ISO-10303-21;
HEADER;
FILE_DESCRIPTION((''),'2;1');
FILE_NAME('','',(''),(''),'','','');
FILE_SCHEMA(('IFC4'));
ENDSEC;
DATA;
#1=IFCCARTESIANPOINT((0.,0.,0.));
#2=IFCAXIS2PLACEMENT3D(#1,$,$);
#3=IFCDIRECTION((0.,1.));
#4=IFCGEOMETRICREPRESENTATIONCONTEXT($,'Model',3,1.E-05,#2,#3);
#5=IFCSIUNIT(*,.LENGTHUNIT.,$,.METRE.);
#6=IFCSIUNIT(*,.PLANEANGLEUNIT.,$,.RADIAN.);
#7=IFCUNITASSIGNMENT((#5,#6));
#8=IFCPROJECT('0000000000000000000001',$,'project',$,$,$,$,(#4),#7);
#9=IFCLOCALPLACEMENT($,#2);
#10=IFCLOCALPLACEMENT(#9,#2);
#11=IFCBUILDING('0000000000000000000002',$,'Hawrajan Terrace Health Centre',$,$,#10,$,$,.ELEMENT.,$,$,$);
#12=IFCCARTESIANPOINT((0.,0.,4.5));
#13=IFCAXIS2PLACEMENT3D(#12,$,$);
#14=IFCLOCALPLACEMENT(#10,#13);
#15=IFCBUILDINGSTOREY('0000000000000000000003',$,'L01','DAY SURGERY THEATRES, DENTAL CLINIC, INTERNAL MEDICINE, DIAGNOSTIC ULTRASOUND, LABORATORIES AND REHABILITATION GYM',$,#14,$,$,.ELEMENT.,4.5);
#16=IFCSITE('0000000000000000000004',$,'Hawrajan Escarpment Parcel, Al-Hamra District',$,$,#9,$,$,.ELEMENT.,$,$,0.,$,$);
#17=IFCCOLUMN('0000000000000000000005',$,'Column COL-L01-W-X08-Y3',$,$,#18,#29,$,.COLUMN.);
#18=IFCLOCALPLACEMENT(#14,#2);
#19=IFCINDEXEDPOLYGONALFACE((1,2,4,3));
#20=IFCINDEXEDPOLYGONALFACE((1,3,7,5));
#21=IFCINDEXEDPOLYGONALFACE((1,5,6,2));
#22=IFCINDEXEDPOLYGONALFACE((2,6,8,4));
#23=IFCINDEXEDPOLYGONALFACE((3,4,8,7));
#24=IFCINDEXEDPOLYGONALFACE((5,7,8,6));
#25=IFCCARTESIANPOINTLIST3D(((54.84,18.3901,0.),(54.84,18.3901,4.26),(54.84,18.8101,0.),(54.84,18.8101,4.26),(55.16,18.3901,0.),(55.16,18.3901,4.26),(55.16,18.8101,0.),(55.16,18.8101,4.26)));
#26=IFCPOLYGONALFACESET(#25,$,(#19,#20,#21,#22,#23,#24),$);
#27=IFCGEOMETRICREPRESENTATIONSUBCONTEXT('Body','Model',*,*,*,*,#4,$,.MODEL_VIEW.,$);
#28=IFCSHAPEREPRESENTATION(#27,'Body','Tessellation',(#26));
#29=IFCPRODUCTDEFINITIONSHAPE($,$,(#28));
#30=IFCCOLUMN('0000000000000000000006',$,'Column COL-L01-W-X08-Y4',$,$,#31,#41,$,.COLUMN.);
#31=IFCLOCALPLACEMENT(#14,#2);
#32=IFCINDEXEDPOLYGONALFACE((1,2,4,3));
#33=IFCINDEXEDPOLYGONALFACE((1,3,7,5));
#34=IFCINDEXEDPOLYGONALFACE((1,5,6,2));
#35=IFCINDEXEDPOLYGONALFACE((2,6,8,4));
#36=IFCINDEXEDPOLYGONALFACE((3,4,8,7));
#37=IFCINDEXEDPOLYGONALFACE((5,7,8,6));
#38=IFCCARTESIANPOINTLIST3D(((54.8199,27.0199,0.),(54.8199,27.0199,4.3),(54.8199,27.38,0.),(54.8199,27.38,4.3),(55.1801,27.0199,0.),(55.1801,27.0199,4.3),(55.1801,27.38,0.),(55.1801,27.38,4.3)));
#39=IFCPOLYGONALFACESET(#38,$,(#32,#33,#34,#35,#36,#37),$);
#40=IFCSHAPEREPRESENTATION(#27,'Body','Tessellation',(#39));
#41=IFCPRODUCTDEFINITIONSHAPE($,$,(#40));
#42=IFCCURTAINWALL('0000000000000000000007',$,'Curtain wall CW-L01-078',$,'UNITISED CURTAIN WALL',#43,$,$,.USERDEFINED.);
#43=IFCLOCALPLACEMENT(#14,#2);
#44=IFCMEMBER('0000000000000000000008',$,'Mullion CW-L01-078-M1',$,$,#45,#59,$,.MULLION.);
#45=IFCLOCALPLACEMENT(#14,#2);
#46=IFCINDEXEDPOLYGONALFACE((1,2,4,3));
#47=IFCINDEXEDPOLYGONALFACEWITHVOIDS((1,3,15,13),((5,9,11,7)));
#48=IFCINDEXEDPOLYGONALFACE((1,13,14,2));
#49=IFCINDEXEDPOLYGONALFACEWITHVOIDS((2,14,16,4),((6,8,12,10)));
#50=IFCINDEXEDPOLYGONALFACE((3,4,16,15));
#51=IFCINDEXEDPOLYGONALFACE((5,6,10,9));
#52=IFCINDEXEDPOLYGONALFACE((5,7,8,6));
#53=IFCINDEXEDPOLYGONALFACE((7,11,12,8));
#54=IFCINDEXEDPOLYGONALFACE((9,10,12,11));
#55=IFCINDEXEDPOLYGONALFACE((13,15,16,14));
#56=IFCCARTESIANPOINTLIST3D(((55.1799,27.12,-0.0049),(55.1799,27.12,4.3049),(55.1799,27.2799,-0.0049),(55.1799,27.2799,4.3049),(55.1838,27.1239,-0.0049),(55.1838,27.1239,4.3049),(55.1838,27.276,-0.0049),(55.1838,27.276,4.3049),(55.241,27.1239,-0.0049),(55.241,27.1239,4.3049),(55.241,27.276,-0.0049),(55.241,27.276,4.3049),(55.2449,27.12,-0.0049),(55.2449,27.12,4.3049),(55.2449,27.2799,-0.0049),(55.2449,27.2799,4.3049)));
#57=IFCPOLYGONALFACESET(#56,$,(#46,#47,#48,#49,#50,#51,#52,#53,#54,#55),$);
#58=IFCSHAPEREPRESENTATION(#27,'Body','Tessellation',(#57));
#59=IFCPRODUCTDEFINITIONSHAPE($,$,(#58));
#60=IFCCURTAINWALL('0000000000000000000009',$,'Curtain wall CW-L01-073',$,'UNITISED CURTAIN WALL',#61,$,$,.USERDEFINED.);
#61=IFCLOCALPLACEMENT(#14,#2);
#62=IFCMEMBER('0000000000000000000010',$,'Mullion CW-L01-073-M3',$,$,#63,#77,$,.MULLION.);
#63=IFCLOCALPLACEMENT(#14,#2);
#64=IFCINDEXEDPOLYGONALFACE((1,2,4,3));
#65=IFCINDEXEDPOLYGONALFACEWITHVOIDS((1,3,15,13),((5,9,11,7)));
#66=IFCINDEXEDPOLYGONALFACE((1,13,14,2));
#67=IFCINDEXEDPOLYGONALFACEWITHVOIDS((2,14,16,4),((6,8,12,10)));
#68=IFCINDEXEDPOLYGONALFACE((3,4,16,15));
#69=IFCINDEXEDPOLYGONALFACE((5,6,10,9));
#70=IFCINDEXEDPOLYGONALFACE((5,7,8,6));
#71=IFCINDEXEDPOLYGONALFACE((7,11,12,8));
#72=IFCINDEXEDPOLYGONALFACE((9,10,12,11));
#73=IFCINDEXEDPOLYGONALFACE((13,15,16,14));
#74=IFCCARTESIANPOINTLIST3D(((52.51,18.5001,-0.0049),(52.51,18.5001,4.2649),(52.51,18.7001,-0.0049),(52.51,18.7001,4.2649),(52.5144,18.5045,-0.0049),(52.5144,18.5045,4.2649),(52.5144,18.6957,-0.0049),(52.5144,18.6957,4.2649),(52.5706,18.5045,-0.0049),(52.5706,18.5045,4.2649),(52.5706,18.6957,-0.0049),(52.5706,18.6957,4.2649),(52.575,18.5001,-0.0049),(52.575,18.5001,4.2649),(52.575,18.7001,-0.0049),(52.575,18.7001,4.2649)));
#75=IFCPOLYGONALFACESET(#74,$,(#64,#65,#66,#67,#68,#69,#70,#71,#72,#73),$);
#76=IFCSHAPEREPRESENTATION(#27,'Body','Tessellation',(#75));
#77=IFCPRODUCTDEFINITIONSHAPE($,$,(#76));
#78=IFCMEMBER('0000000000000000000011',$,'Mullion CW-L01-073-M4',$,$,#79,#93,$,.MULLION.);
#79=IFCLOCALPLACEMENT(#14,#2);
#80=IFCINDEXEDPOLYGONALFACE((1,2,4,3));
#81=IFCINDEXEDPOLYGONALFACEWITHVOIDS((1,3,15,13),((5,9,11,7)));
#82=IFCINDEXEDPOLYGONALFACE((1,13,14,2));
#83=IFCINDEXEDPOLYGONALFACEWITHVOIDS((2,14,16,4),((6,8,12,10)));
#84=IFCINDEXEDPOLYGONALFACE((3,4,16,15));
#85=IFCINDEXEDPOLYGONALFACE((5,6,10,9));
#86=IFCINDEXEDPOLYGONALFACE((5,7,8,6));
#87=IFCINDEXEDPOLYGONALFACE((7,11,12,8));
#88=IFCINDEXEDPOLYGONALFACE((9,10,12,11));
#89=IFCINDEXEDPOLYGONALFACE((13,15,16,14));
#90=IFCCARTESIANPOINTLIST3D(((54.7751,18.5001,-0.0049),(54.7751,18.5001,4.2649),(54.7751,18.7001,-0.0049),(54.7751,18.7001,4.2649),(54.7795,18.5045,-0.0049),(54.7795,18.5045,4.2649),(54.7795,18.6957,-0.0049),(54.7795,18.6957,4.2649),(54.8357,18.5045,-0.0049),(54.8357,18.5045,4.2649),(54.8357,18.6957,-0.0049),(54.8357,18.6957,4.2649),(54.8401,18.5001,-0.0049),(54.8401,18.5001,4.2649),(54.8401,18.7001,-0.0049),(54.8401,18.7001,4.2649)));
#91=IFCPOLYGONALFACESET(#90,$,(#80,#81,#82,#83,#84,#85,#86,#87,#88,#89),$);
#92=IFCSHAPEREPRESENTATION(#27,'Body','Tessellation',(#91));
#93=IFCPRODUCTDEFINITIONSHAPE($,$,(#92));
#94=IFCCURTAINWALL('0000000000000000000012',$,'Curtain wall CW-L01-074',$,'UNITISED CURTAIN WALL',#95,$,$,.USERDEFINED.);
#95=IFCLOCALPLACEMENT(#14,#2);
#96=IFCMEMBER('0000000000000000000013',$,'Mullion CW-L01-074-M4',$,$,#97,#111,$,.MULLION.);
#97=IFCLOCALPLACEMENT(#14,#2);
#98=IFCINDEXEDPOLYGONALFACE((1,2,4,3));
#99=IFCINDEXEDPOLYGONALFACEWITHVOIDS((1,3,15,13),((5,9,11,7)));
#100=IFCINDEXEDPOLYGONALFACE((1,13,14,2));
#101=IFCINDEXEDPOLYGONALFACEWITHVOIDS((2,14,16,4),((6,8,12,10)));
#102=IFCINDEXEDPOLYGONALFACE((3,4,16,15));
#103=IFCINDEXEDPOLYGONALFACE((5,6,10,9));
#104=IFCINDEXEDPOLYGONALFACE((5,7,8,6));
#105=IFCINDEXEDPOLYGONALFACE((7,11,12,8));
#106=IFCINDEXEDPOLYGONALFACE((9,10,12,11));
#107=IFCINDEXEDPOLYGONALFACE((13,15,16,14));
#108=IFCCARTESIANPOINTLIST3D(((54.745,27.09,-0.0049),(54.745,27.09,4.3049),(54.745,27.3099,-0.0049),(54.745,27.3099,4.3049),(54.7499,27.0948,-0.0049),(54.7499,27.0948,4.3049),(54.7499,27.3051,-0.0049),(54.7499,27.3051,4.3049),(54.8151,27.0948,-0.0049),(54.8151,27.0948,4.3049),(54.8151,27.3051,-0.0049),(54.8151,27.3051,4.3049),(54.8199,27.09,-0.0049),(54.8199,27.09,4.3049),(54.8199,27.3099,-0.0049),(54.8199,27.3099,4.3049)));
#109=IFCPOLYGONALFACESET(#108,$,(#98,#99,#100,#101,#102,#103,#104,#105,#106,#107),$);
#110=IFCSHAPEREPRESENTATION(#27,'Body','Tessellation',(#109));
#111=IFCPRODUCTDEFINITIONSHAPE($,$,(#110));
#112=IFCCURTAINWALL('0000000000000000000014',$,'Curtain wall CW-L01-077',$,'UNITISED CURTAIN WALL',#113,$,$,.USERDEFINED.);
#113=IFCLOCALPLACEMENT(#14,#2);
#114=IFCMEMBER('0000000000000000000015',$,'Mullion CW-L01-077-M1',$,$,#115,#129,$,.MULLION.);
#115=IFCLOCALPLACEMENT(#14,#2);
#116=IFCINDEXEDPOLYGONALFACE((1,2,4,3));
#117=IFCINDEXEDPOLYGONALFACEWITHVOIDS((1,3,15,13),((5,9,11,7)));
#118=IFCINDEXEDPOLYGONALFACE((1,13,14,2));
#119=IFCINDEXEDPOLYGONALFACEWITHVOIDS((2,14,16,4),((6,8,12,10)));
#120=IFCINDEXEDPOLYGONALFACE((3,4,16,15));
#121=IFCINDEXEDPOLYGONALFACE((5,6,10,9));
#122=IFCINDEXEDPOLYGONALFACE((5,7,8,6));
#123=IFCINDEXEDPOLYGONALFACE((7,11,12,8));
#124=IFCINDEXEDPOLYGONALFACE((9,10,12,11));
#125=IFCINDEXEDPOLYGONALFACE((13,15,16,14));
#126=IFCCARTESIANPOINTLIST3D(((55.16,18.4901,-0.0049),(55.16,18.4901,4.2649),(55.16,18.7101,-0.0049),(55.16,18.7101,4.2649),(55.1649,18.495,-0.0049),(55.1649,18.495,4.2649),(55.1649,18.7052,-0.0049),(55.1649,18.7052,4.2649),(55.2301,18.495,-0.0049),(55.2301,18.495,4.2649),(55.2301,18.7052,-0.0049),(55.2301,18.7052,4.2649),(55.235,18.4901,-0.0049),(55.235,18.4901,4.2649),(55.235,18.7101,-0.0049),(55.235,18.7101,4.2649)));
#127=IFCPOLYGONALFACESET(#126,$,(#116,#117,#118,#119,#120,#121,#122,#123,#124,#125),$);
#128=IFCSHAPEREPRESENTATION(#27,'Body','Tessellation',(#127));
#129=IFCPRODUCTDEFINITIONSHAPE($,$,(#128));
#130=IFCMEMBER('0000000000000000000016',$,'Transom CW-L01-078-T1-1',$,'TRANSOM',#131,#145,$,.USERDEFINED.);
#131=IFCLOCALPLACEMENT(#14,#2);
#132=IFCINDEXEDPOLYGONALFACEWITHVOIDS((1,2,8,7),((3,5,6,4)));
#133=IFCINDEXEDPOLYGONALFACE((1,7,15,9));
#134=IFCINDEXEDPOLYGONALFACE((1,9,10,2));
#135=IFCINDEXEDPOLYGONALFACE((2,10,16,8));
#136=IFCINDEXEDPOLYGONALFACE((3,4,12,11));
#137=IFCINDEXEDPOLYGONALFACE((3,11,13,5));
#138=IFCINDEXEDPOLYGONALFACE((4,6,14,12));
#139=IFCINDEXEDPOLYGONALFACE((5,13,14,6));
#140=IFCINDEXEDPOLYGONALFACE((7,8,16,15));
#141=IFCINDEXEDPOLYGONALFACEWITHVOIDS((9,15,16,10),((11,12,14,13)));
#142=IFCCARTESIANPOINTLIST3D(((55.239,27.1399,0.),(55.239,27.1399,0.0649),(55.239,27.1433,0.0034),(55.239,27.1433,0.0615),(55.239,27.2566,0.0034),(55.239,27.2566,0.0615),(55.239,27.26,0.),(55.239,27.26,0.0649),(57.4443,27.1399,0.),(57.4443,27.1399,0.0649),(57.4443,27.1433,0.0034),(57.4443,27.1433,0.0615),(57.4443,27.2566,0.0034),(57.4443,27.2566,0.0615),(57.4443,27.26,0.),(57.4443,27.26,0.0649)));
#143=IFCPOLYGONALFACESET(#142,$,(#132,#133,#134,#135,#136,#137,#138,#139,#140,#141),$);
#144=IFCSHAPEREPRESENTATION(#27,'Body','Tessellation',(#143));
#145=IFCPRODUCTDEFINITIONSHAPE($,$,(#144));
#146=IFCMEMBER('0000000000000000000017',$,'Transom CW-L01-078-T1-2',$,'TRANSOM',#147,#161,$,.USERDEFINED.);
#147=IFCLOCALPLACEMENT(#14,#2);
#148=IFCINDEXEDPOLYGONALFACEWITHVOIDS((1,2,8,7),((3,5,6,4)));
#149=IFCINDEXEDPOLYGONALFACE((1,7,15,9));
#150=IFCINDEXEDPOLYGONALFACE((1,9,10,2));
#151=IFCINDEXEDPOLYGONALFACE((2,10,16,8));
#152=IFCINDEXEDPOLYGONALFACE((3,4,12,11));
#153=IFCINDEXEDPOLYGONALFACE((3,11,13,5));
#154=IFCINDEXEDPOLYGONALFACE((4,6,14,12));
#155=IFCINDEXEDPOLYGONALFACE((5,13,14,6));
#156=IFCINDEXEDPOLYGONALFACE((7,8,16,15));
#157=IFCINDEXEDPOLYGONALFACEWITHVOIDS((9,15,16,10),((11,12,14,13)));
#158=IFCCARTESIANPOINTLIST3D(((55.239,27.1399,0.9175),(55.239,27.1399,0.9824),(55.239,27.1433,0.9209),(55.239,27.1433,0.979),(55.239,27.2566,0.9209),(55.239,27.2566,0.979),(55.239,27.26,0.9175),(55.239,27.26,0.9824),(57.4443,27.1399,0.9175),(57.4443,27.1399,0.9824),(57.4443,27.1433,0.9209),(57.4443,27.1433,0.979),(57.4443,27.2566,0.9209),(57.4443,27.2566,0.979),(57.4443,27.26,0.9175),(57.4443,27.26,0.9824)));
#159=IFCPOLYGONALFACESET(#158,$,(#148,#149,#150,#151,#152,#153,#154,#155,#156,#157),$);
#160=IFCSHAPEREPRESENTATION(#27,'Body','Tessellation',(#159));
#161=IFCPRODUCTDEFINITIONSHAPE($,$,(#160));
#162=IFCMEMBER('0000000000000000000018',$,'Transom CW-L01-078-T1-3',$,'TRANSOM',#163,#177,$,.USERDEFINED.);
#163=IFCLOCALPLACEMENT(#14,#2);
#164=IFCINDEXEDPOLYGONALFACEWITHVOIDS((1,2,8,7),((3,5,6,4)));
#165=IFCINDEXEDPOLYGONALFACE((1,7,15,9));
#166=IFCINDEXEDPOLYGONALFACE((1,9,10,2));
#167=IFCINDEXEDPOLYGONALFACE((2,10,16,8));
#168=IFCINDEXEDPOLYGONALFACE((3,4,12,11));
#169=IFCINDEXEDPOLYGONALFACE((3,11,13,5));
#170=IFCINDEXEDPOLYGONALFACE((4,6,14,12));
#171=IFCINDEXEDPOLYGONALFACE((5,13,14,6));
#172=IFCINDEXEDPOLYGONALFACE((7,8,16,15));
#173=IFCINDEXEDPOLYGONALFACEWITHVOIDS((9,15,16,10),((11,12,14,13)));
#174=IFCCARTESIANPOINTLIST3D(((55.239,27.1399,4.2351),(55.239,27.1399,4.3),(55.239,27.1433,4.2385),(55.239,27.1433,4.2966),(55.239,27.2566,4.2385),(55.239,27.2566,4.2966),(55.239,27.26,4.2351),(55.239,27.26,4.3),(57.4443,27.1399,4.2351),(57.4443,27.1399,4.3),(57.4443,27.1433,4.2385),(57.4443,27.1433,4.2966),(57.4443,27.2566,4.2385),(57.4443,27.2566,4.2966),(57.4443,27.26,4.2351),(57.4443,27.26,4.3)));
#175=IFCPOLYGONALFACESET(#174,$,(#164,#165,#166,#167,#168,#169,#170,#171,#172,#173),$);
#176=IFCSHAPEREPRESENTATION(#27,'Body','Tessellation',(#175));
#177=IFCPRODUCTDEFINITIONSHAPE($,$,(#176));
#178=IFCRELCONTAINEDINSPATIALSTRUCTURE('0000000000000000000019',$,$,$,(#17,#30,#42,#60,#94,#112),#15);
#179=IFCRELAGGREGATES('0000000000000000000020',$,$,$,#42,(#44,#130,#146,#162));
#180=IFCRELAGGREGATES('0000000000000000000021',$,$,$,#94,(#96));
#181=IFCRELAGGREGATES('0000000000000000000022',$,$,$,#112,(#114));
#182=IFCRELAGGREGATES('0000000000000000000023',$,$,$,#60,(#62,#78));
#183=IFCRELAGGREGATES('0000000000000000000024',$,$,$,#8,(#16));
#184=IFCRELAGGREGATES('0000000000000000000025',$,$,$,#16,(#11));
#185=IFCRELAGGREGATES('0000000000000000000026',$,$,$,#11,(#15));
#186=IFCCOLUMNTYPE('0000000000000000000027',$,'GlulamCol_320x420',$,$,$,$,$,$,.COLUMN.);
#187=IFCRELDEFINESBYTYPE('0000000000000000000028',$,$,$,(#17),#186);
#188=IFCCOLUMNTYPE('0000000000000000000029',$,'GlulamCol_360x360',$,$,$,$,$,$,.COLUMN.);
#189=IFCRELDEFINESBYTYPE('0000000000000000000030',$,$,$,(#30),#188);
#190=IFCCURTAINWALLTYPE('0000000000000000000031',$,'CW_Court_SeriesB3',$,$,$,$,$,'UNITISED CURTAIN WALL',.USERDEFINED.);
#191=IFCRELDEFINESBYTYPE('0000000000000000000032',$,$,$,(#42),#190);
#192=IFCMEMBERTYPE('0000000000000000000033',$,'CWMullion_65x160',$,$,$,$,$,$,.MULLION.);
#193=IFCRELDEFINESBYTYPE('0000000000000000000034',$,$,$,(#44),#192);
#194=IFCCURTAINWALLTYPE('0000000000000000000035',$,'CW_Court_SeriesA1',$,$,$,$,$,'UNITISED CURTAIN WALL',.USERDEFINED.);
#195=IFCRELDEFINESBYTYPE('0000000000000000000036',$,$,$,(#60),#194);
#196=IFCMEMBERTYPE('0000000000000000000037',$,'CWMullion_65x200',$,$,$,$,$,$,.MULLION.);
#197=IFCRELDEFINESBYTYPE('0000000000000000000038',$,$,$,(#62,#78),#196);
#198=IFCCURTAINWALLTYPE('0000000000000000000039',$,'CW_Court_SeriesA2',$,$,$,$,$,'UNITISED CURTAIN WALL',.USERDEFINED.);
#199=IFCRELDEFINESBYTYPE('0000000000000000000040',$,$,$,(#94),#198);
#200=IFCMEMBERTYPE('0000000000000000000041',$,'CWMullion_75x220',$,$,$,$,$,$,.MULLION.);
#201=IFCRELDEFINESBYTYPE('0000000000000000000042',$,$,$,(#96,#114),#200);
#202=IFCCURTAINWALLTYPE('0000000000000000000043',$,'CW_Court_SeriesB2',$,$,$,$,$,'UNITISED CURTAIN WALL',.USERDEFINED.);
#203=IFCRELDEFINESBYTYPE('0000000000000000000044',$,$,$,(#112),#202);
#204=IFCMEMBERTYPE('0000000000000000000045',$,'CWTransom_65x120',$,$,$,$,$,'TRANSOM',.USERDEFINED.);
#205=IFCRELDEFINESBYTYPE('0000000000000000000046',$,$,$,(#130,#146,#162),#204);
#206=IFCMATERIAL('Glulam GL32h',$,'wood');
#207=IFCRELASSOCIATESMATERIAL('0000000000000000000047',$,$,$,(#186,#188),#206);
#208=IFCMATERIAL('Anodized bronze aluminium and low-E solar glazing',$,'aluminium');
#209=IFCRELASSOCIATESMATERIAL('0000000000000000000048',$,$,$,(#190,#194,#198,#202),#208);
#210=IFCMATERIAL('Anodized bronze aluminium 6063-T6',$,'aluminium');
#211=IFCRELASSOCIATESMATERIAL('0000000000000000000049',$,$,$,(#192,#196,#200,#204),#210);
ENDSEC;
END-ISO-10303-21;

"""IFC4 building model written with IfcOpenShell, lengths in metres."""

from ifc_helpers import new_model, si_unit, direction, frame, origin, origin_2d, place, context, subcontext, project, spatial, rectangle, hollow_rectangle, extrude, material, material_profile, profile_set, type_object, element, aggregate, save


model = new_model("IFC4")

# Units and contexts
model_context = context("Model", 3, precision=1e-05, world=origin(), true_north=direction((0.0, 1.0)))
body_context = subcontext(model_context, "Body", "Model", "MODEL_VIEW")
ifc_project = project(units=[si_unit("LENGTHUNIT", "METRE"), si_unit("PLANEANGLEUNIT", "RADIAN")], contexts=[model_context])

# Site, building, storey
site_placement = place(None, origin())
site = spatial("IfcSite", under=ifc_project, at=site_placement, Name="Hawrajan Escarpment Parcel, Al-Hamra District", CompositionType="ELEMENT", RefElevation=0.0)
building_placement = place(site_placement, origin())
building = spatial("IfcBuilding", under=site, at=building_placement, Name="Hawrajan Terrace Health Centre", CompositionType="ELEMENT")
storey_placement = place(building_placement, frame((0.0, 0.0, 4.5)))
storey = spatial("IfcBuildingStorey", under=building, at=storey_placement, Name="L01", Description="DAY SURGERY THEATRES, DENTAL CLINIC, INTERNAL MEDICINE, DIAGNOSTIC ULTRASOUND, LABORATORIES AND REHABILITATION GYM", CompositionType="ELEMENT", Elevation=4.5)

# Columns
ifc_material_1 = material(Name="Glulam GL32h", Category="wood")
ifc_material_profile_1 = material_profile(ifc_material_1, rectangle(XDim=0.3201, YDim=0.4199, at=origin_2d()), Name="GL 320x420")
ifc_profile_set_1 = profile_set([ifc_material_profile_1], Name="Glulam GL32h")
column_type_1 = type_object("IfcColumnType", Name="GlulamCol_320x420", PredefinedType="COLUMN", material=ifc_profile_set_1)
column_1_placement = place(storey_placement, frame((55.0, 18.6001, 0.0), z_axis=(0.0, 0.0, 1.0), x_axis=(1.0, 0.0, 0.0)))
element("IfcColumn", 1, at=column_1_placement, inside=storey, type_object=column_type_1, Name="Column COL-L01-W-X08-Y3", PredefinedType="COLUMN", context=body_context, shape_type="SweptSolid", body=[
    extrude(rectangle(XDim=0.3201, YDim=0.4199, at=origin_2d()), origin(), (0.0, 0.0, 1.0), 4.26),
])
ifc_material_profile_2 = material_profile(ifc_material_1, rectangle(XDim=0.3601, YDim=0.3601, at=origin_2d()), Name="GL 360x360")
ifc_profile_set_2 = profile_set([ifc_material_profile_2], Name="Glulam GL32h")
column_type_2 = type_object("IfcColumnType", Name="GlulamCol_360x360", PredefinedType="COLUMN", material=ifc_profile_set_2)
column_2_placement = place(storey_placement, frame((55.0, 27.2, 0.0), z_axis=(0.0, 0.0, 1.0), x_axis=(1.0, 0.0, 0.0)))
element("IfcColumn", 2, at=column_2_placement, inside=storey, type_object=column_type_2, Name="Column COL-L01-W-X08-Y4", PredefinedType="COLUMN", context=body_context, shape_type="SweptSolid", body=[
    extrude(rectangle(XDim=0.3601, YDim=0.3601, at=origin_2d()), origin(), (0.0, 0.0, 1.0), 4.3),
])

# Curtain wall, member
ifc_material_2 = material(Name="Anodized bronze aluminium and low-E solar glazing", Category="aluminium")
curtain_wall_type_1 = type_object("IfcCurtainWallType", Name="CW_Court_SeriesB3", ElementType="UNITISED CURTAIN WALL", PredefinedType="USERDEFINED", material=ifc_material_2)
curtain_wall_1_placement = place(storey_placement, origin())
curtain_wall_1 = element("IfcCurtainWall", 3, at=curtain_wall_1_placement, inside=storey, type_object=curtain_wall_type_1, Name="Curtain wall CW-L01-078", ObjectType="UNITISED CURTAIN WALL", PredefinedType="USERDEFINED")
ifc_material_3 = material(Name="Anodized bronze aluminium 6063-T6", Category="aluminium")
ifc_material_profile_3 = material_profile(ifc_material_3, hollow_rectangle(XDim=0.0649, YDim=0.1599, WallThickness=0.0039, at=origin_2d()), Name="CW MUL 65x160")
ifc_profile_set_3 = profile_set([ifc_material_profile_3], Name="Anodized bronze aluminium 6063-T6")
member_type_1 = type_object("IfcMemberType", Name="CWMullion_65x160", PredefinedType="MULLION", material=ifc_profile_set_3)
member_1_placement = place(storey_placement, frame((55.2124, 27.2, -0.0049), z_axis=(0.0, 0.0, 1.0), x_axis=(1.0, 0.0, 0.0)))
member_1 = element("IfcMember", 4, at=member_1_placement, type_object=member_type_1, Name="Mullion CW-L01-078-M1", PredefinedType="MULLION", context=body_context, shape_type="SweptSolid", body=[
    extrude(hollow_rectangle(XDim=0.0649, YDim=0.1599, WallThickness=0.0039, at=origin_2d()), origin(), (0.0, 0.0, 1.0), 4.3098),
])

# Curtain wall, members
curtain_wall_type_2 = type_object("IfcCurtainWallType", Name="CW_Court_SeriesA1", ElementType="UNITISED CURTAIN WALL", PredefinedType="USERDEFINED", material=ifc_material_2)
curtain_wall_2_placement = place(storey_placement, origin())
curtain_wall_2 = element("IfcCurtainWall", 5, at=curtain_wall_2_placement, inside=storey, type_object=curtain_wall_type_2, Name="Curtain wall CW-L01-073", ObjectType="UNITISED CURTAIN WALL", PredefinedType="USERDEFINED")
ifc_material_profile_4 = material_profile(ifc_material_3, hollow_rectangle(XDim=0.0649, YDim=0.2, WallThickness=0.0044, at=origin_2d()), Name="CW MUL 65x200")
ifc_profile_set_4 = profile_set([ifc_material_profile_4], Name="Anodized bronze aluminium 6063-T6")
member_type_2 = type_object("IfcMemberType", Name="CWMullion_65x200", PredefinedType="MULLION", material=ifc_profile_set_4)
member_2_placement = place(storey_placement, frame((52.5425, 18.6001, -0.0049), z_axis=(0.0, 0.0, 1.0), x_axis=(1.0, 0.0, 0.0)))
member_2 = element("IfcMember", 6, at=member_2_placement, type_object=member_type_2, Name="Mullion CW-L01-073-M3", PredefinedType="MULLION", context=body_context, shape_type="SweptSolid", body=[
    extrude(hollow_rectangle(XDim=0.0649, YDim=0.2, WallThickness=0.0044, at=origin_2d()), origin(), (0.0, 0.0, 1.0), 4.2698),
])
member_3_placement = place(storey_placement, frame((54.8076, 18.6001, -0.0049), z_axis=(0.0, 0.0, 1.0), x_axis=(1.0, 0.0, 0.0)))
member_3 = element("IfcMember", 7, at=member_3_placement, type_object=member_type_2, Name="Mullion CW-L01-073-M4", PredefinedType="MULLION", context=body_context, shape_type="SweptSolid", body=[
    extrude(hollow_rectangle(XDim=0.0649, YDim=0.2, WallThickness=0.0044, at=origin_2d()), origin(), (0.0, 0.0, 1.0), 4.2698),
])

# Curtain walls, members
curtain_wall_type_3 = type_object("IfcCurtainWallType", Name="CW_Court_SeriesA2", ElementType="UNITISED CURTAIN WALL", PredefinedType="USERDEFINED", material=ifc_material_2)
curtain_wall_3_placement = place(storey_placement, origin())
curtain_wall_3 = element("IfcCurtainWall", 8, at=curtain_wall_3_placement, inside=storey, type_object=curtain_wall_type_3, Name="Curtain wall CW-L01-074", ObjectType="UNITISED CURTAIN WALL", PredefinedType="USERDEFINED")
ifc_material_profile_5 = material_profile(ifc_material_3, hollow_rectangle(XDim=0.075, YDim=0.22, WallThickness=0.0049, at=origin_2d()), Name="CW MUL 75x220")
ifc_profile_set_5 = profile_set([ifc_material_profile_5], Name="Anodized bronze aluminium 6063-T6")
member_type_3 = type_object("IfcMemberType", Name="CWMullion_75x220", PredefinedType="MULLION", material=ifc_profile_set_5)
member_4_placement = place(storey_placement, frame((54.7825, 27.2, -0.0049), z_axis=(0.0, 0.0, 1.0), x_axis=(1.0, 0.0, 0.0)))
member_4 = element("IfcMember", 9, at=member_4_placement, type_object=member_type_3, Name="Mullion CW-L01-074-M4", PredefinedType="MULLION", context=body_context, shape_type="SweptSolid", body=[
    extrude(hollow_rectangle(XDim=0.075, YDim=0.22, WallThickness=0.0049, at=origin_2d()), origin(), (0.0, 0.0, 1.0), 4.3098),
])
curtain_wall_type_4 = type_object("IfcCurtainWallType", Name="CW_Court_SeriesB2", ElementType="UNITISED CURTAIN WALL", PredefinedType="USERDEFINED", material=ifc_material_2)
curtain_wall_4_placement = place(storey_placement, origin())
curtain_wall_4 = element("IfcCurtainWall", 10, at=curtain_wall_4_placement, inside=storey, type_object=curtain_wall_type_4, Name="Curtain wall CW-L01-077", ObjectType="UNITISED CURTAIN WALL", PredefinedType="USERDEFINED")
member_5_placement = place(storey_placement, frame((55.1975, 18.6001, -0.0049), z_axis=(0.0, 0.0, 1.0), x_axis=(1.0, 0.0, 0.0)))
member_5 = element("IfcMember", 11, at=member_5_placement, type_object=member_type_3, Name="Mullion CW-L01-077-M1", PredefinedType="MULLION", context=body_context, shape_type="SweptSolid", body=[
    extrude(hollow_rectangle(XDim=0.075, YDim=0.22, WallThickness=0.0049, at=origin_2d()), origin(), (0.0, 0.0, 1.0), 4.2698),
])

# Members
ifc_material_profile_6 = material_profile(ifc_material_3, hollow_rectangle(XDim=0.0649, YDim=0.1201, WallThickness=0.0034, at=origin_2d()), Name="CW TRN 65x120")
ifc_profile_set_6 = profile_set([ifc_material_profile_6], Name="Anodized bronze aluminium 6063-T6")
member_type_4 = type_object("IfcMemberType", Name="CWTransom_65x120", ElementType="TRANSOM", PredefinedType="USERDEFINED", material=ifc_profile_set_6)
member_6_placement = place(storey_placement, frame((55.239, 27.2, 0.0325), z_axis=(1.0, 0.0, 0.0), x_axis=(0.0, 0.0, 1.0)))
member_6 = element("IfcMember", 12, at=member_6_placement, type_object=member_type_4, Name="Transom CW-L01-078-T1-1", ObjectType="TRANSOM", PredefinedType="USERDEFINED", context=body_context, shape_type="SweptSolid", body=[
    extrude(hollow_rectangle(XDim=0.0649, YDim=0.1201, WallThickness=0.0034, at=origin_2d()), origin(), (0.0, 0.0, 1.0), 2.2053),
])
member_7_placement = place(storey_placement, frame((55.239, 27.2, 0.95), z_axis=(1.0, 0.0, 0.0), x_axis=(0.0, 0.0, 1.0)))
member_7 = element("IfcMember", 13, at=member_7_placement, type_object=member_type_4, Name="Transom CW-L01-078-T1-2", ObjectType="TRANSOM", PredefinedType="USERDEFINED", context=body_context, shape_type="SweptSolid", body=[
    extrude(hollow_rectangle(XDim=0.0649, YDim=0.1201, WallThickness=0.0034, at=origin_2d()), origin(), (0.0, 0.0, 1.0), 2.2053),
])
member_8_placement = place(storey_placement, frame((55.239, 27.2, 4.2676), z_axis=(1.0, 0.0, 0.0), x_axis=(0.0, 0.0, 1.0)))
member_8 = element("IfcMember", 14, at=member_8_placement, type_object=member_type_4, Name="Transom CW-L01-078-T1-3", ObjectType="TRANSOM", PredefinedType="USERDEFINED", context=body_context, shape_type="SweptSolid", body=[
    extrude(hollow_rectangle(XDim=0.0649, YDim=0.1201, WallThickness=0.0034, at=origin_2d()), origin(), (0.0, 0.0, 1.0), 2.2053),
])
aggregate(curtain_wall_1, [member_1, member_6, member_7, member_8])

aggregate(curtain_wall_3, [member_4])
aggregate(curtain_wall_4, [member_5])
aggregate(curtain_wall_2, [member_2, member_3])

save(model, "model.ifc")
